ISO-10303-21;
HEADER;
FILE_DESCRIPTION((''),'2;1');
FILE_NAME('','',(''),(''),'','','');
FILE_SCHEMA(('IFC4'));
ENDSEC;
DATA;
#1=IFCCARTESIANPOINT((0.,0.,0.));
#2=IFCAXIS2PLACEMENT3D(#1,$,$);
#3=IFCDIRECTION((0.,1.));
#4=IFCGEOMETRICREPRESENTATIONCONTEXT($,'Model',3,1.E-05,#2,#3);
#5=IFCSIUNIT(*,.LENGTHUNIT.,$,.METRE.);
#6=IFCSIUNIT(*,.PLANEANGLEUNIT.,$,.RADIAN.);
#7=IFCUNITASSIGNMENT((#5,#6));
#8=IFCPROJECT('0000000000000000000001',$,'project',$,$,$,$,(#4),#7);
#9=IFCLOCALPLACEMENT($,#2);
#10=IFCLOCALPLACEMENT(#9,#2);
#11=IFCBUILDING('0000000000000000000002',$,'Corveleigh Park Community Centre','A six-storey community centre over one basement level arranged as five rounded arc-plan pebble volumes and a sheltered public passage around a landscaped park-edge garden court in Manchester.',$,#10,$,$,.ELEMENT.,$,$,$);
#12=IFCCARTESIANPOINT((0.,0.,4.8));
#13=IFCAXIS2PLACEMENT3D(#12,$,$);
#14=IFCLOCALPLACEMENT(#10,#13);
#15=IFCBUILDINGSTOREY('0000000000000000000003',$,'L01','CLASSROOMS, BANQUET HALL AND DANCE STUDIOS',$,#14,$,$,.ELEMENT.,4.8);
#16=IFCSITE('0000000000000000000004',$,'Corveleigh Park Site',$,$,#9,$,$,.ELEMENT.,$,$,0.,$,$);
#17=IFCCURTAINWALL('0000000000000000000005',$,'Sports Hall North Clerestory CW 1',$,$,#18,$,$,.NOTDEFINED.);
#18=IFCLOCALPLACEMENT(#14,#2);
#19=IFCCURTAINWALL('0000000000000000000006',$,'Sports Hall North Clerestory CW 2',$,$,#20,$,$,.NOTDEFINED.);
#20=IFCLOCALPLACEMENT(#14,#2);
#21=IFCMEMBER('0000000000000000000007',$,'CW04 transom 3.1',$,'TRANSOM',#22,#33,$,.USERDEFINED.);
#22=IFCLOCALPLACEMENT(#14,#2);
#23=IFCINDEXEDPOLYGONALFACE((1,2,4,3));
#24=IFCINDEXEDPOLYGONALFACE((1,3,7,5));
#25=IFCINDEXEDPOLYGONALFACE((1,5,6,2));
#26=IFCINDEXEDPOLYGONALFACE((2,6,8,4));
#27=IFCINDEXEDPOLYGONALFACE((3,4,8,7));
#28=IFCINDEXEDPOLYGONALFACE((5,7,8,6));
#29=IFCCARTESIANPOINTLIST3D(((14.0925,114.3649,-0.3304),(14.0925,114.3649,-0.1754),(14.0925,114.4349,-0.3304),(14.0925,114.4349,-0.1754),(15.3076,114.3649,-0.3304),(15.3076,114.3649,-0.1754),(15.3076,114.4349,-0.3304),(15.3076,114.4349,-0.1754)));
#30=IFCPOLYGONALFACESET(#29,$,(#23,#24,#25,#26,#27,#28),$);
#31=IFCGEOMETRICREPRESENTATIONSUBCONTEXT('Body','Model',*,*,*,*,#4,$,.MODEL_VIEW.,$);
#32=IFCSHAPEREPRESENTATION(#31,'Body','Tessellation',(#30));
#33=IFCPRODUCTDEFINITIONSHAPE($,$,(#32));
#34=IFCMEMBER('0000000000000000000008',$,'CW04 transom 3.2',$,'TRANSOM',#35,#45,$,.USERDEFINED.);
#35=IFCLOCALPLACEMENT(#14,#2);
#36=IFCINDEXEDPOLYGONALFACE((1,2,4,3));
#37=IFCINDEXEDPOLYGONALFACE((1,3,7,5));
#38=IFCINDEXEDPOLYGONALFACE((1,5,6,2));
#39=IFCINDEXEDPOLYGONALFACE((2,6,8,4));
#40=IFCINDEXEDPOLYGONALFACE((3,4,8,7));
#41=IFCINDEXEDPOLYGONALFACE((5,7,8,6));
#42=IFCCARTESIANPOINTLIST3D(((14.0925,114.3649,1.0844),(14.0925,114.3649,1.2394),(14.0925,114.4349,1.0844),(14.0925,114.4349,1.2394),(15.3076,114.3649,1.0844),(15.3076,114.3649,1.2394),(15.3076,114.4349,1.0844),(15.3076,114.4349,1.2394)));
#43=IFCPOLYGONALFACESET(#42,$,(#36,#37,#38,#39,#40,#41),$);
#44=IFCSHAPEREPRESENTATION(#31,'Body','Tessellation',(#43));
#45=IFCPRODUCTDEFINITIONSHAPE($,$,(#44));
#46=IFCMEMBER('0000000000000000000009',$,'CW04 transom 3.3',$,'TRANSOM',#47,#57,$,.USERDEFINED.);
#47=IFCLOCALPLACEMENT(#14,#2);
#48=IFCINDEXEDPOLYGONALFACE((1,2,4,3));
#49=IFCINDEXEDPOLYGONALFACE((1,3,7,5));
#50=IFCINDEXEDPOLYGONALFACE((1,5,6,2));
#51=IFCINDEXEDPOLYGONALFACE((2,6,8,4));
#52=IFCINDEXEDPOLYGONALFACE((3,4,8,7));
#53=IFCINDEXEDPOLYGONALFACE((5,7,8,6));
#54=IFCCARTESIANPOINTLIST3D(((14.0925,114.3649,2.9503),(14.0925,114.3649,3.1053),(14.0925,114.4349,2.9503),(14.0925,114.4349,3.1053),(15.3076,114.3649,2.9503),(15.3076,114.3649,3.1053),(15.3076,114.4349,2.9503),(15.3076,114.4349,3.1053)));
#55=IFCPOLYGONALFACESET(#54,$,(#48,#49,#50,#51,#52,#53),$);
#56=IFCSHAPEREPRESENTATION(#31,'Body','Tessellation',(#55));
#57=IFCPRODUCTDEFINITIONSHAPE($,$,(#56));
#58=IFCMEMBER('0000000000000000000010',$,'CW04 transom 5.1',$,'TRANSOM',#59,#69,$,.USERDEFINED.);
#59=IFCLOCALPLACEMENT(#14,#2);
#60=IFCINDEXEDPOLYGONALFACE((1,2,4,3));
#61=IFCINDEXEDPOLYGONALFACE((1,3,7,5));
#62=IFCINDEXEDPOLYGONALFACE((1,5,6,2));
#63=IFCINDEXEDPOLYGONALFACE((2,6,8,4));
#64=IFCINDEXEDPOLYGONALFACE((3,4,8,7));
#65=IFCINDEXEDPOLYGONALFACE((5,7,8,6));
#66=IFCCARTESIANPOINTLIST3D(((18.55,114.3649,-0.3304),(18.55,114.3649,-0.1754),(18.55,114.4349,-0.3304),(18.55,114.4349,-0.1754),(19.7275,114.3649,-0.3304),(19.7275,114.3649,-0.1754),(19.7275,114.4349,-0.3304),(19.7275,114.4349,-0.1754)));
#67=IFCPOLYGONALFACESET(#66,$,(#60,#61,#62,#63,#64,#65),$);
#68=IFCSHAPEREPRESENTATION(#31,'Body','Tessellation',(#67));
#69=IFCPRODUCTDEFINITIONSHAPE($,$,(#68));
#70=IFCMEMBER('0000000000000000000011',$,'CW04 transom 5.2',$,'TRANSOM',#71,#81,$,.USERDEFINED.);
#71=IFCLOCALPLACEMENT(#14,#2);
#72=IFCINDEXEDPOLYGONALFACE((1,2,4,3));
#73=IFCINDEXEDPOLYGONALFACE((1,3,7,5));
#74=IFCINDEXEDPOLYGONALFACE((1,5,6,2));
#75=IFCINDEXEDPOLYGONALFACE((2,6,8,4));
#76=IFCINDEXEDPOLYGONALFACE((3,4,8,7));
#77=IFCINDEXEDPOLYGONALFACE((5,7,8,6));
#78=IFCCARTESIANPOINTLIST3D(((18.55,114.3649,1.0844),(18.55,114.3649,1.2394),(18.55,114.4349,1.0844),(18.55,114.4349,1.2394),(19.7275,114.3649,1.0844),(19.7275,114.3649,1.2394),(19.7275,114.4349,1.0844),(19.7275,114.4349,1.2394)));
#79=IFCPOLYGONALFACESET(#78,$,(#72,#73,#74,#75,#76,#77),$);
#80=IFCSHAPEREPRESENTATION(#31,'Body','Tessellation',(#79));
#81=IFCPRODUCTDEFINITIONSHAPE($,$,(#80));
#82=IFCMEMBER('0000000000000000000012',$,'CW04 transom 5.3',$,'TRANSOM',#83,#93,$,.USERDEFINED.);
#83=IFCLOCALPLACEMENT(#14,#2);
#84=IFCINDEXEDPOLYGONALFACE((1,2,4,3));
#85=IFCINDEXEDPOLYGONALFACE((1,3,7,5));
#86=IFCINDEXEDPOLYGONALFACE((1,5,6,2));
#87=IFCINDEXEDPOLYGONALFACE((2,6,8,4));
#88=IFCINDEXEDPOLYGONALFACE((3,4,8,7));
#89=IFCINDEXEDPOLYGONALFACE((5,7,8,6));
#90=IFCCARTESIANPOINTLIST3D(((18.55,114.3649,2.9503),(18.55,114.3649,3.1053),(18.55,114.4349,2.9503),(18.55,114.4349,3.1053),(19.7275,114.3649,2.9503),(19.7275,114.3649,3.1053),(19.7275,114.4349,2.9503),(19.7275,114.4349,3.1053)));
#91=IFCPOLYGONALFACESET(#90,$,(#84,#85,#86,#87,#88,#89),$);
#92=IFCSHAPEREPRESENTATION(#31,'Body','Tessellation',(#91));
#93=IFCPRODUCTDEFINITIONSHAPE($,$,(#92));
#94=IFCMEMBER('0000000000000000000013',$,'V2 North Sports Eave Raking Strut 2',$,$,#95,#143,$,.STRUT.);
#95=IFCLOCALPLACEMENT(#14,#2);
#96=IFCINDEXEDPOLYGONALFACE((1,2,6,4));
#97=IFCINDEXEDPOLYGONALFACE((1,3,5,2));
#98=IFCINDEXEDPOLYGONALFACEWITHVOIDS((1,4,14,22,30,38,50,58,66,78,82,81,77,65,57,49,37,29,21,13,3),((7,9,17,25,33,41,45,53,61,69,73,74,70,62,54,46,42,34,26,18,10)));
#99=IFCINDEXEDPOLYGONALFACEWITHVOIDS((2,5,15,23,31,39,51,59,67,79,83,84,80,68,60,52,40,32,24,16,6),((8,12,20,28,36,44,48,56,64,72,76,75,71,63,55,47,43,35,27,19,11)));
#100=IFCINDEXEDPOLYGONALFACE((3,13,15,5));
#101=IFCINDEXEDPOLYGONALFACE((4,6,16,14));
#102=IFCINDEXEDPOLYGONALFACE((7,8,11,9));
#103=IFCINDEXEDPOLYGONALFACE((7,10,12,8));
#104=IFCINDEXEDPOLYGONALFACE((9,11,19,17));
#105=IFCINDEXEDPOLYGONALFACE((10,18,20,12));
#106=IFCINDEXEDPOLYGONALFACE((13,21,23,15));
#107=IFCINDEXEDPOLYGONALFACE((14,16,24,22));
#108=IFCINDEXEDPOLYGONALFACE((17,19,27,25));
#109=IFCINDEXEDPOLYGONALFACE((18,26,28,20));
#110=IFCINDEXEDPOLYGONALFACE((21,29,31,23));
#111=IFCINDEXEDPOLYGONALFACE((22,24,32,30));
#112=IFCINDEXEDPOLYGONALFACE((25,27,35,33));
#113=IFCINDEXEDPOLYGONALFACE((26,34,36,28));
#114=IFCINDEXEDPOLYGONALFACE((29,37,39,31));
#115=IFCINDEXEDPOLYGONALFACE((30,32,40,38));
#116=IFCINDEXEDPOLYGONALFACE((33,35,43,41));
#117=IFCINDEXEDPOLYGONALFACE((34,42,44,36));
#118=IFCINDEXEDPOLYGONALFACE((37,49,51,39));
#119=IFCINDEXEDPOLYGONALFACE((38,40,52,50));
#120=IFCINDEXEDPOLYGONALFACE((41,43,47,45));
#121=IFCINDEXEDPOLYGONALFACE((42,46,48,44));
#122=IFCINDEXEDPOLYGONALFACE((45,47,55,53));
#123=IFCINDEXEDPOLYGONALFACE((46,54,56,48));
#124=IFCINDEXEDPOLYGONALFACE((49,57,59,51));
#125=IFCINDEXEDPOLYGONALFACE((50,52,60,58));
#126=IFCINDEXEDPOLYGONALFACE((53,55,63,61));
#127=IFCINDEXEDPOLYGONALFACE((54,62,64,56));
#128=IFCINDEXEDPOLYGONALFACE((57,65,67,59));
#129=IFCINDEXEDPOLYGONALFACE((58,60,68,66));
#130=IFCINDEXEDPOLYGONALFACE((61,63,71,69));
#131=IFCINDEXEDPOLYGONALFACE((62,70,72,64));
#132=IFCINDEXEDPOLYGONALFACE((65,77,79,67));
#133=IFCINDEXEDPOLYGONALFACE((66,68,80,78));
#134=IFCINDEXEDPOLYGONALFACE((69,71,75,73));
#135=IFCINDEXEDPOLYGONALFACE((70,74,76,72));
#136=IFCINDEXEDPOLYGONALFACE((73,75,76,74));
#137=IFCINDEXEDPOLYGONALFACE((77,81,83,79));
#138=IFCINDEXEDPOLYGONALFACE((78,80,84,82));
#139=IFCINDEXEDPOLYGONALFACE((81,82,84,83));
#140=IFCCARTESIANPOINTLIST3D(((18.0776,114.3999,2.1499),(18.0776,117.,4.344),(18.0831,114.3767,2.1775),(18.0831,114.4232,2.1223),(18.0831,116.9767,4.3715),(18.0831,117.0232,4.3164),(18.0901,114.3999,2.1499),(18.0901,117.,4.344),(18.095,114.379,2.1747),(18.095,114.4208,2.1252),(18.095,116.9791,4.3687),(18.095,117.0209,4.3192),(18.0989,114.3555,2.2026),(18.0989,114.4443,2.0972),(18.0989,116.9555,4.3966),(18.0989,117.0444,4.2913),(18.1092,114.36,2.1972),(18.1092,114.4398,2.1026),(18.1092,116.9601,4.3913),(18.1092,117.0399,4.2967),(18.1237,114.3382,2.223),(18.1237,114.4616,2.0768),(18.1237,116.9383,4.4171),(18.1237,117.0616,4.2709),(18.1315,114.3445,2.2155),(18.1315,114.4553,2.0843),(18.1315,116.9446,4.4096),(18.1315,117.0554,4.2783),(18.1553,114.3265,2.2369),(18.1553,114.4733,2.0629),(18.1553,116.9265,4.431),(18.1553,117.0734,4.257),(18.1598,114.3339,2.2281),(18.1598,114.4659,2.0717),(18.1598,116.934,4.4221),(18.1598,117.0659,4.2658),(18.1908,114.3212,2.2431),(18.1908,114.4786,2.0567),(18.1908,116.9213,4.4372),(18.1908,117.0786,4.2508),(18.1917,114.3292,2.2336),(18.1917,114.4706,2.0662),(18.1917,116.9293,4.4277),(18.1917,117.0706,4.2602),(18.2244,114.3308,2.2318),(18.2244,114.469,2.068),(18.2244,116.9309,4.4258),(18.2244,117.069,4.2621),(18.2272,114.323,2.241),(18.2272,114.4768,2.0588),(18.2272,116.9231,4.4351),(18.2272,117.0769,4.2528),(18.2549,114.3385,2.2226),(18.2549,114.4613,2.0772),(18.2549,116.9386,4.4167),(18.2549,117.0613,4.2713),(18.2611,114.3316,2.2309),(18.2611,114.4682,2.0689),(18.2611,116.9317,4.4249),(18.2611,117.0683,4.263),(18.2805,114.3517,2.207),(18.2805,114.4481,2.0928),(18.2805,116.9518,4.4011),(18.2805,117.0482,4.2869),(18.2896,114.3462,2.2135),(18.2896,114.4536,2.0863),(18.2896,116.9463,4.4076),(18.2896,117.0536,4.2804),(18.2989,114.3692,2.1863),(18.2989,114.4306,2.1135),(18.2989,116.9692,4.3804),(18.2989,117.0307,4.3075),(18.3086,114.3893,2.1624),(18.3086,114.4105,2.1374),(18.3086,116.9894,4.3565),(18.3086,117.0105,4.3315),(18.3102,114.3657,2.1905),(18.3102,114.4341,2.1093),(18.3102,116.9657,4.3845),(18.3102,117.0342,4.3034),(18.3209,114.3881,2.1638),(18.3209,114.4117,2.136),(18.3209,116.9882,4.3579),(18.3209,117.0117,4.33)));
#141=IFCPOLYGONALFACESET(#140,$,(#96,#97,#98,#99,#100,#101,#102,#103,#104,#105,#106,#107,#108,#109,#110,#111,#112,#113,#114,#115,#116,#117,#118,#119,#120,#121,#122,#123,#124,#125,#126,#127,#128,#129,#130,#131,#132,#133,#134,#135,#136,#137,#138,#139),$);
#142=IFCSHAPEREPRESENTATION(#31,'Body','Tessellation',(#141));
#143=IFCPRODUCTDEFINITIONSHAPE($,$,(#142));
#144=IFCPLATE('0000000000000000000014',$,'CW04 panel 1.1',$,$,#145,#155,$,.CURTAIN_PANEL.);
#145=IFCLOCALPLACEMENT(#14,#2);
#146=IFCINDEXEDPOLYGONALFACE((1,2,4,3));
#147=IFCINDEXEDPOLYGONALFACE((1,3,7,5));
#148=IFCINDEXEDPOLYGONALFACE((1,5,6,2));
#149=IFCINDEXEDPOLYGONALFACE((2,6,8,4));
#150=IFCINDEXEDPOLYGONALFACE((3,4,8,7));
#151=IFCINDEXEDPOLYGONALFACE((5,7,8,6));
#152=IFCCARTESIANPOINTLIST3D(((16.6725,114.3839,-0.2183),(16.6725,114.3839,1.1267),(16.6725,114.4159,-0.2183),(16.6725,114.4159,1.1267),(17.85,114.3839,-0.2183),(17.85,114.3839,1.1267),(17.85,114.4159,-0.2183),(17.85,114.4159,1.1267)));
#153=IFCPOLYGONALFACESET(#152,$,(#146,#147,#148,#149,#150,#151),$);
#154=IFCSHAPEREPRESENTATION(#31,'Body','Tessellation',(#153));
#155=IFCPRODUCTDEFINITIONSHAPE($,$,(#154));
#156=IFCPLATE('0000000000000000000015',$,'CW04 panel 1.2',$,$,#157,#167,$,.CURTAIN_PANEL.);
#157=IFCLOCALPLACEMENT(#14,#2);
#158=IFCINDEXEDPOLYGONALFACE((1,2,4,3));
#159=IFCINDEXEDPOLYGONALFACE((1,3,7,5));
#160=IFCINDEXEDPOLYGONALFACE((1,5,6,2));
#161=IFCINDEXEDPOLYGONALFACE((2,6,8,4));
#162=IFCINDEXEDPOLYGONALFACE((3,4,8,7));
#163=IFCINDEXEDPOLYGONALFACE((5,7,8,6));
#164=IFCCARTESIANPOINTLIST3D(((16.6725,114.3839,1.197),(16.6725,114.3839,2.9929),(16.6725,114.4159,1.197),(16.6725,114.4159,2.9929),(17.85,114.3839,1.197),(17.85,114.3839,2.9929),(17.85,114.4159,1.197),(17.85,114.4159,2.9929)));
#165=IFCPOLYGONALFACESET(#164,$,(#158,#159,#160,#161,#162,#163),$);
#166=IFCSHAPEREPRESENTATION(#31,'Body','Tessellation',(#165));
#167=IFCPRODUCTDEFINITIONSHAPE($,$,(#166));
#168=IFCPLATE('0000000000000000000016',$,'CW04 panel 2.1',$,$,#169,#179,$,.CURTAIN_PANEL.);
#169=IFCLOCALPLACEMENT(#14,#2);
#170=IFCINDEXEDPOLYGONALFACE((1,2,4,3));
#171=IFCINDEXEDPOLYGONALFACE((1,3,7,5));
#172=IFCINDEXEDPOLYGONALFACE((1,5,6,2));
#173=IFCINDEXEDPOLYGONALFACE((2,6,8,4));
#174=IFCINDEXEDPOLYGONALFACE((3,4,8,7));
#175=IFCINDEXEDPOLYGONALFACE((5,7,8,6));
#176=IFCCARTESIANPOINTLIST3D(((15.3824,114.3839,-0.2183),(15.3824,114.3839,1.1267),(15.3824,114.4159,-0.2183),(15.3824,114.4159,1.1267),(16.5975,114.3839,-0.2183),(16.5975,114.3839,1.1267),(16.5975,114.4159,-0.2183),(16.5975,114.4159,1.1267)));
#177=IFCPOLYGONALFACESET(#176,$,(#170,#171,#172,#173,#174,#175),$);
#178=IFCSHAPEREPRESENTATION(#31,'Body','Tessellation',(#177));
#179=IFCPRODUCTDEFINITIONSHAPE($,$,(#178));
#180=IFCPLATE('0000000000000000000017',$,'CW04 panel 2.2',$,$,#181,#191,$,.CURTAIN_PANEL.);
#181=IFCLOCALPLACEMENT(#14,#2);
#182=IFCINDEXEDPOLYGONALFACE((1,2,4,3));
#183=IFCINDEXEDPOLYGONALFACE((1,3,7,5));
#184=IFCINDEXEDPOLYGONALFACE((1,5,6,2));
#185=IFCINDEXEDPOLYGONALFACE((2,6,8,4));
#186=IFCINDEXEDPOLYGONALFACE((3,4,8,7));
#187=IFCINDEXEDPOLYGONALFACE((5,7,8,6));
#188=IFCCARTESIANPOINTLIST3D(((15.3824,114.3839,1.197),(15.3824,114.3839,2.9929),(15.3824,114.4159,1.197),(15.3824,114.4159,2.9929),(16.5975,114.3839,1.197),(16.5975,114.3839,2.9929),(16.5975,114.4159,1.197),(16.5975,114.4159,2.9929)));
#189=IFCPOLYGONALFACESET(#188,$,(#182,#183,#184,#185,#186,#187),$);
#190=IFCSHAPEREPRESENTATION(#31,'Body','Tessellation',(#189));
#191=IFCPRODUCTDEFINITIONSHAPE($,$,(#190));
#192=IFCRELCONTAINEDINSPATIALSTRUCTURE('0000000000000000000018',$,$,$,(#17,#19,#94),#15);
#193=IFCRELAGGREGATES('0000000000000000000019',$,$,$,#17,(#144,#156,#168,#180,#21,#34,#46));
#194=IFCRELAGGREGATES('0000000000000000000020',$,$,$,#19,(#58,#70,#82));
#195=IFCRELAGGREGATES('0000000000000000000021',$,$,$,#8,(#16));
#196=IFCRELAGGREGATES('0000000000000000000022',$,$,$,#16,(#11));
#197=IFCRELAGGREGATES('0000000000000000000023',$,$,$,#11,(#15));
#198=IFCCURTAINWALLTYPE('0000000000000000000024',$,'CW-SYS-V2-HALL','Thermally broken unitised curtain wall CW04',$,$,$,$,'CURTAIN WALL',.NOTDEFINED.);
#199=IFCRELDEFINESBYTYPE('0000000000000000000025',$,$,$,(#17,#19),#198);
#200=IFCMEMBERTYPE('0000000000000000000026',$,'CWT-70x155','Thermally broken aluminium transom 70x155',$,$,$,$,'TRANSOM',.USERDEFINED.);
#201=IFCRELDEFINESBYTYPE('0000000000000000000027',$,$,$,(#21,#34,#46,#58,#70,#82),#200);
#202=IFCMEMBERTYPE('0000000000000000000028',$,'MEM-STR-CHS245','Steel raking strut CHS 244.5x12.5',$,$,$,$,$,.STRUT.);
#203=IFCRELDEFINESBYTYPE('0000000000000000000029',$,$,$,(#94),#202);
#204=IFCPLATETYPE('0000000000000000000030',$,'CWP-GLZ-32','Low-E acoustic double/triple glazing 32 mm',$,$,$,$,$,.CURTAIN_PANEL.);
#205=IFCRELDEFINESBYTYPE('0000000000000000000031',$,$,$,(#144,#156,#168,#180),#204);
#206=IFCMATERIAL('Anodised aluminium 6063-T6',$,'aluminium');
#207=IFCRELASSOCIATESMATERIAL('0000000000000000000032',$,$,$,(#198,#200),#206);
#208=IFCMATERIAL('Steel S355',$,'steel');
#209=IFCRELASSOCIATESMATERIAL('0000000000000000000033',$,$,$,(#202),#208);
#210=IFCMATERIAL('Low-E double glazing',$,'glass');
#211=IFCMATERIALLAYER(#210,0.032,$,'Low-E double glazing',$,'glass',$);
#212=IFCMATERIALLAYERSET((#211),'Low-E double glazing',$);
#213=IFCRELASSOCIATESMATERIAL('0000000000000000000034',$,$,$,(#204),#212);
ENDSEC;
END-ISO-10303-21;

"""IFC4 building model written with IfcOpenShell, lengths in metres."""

from ifc_helpers import new_model, si_unit, direction, frame, origin, origin_2d, place, context, subcontext, project, spatial, rectangle, hollow_circle, extrude, material, layer, layer_set, material_profile, profile_set, type_object, element, aggregate, save


model = new_model("IFC4")

# Units and contexts
model_context = context("Model", 3, precision=1e-05, world=origin(), true_north=direction((0.0, 1.0)))
body_context = subcontext(model_context, "Body", "Model", "MODEL_VIEW")
ifc_project = project(units=[si_unit("LENGTHUNIT", "METRE"), si_unit("PLANEANGLEUNIT", "RADIAN")], contexts=[model_context])

# Site, building, storey
site_placement = place(None, origin())
site = spatial("IfcSite", under=ifc_project, at=site_placement, Name="Corveleigh Park Site", CompositionType="ELEMENT", RefElevation=0.0)
building_placement = place(site_placement, origin())
building = spatial("IfcBuilding", under=site, at=building_placement, Name="Corveleigh Park Community Centre", Description="A six-storey community centre over one basement level arranged as five rounded arc-plan pebble volumes and a sheltered public passage around a landscaped park-edge garden court in Manchester.", CompositionType="ELEMENT")
storey_placement = place(building_placement, frame((0.0, 0.0, 4.8)))
storey = spatial("IfcBuildingStorey", under=building, at=storey_placement, Name="L01", Description="CLASSROOMS, BANQUET HALL AND DANCE STUDIOS", CompositionType="ELEMENT", Elevation=4.8)

# Shared definitions
ifc_material_1 = material(Name="Steel S355", Category="steel")

# Curtain walls
ifc_material_2 = material(Name="Anodised aluminium 6063-T6", Category="aluminium")
curtain_wall_type = type_object("IfcCurtainWallType", Name="CW-SYS-V2-HALL", Description="Thermally broken unitised curtain wall CW04", ElementType="CURTAIN WALL", PredefinedType="NOTDEFINED", material=ifc_material_2)
curtain_wall_1_placement = place(storey_placement, origin())
curtain_wall_1 = element("IfcCurtainWall", 1, at=curtain_wall_1_placement, inside=storey, type_object=curtain_wall_type, Name="Sports Hall North Clerestory CW 1", PredefinedType="NOTDEFINED")
curtain_wall_2_placement = place(storey_placement, origin())
curtain_wall_2 = element("IfcCurtainWall", 2, at=curtain_wall_2_placement, inside=storey, type_object=curtain_wall_type, Name="Sports Hall North Clerestory CW 2", PredefinedType="NOTDEFINED")

# Members
ifc_material_profile_1 = material_profile(ifc_material_2, rectangle(XDim=0.0701, YDim=0.155, at=origin_2d()), Name="ALU-T70x155", Category="aluminium")
ifc_profile_set_1 = profile_set([ifc_material_profile_1], Name="Anodised aluminium 6063-T6")
member_type_1 = type_object("IfcMemberType", Name="CWT-70x155", Description="Thermally broken aluminium transom 70x155", ElementType="TRANSOM", PredefinedType="USERDEFINED", material=ifc_profile_set_1)
member_1_placement = place(storey_placement, frame((15.3076, 114.3999, -0.2529), z_axis=(-1.0, 0.0, 0.0), x_axis=(0.0, -1.0, 0.0)))
member_1 = element("IfcMember", 3, at=member_1_placement, type_object=member_type_1, Name="CW04 transom 3.1", ObjectType="TRANSOM", PredefinedType="USERDEFINED", context=body_context, shape_type="SweptSolid", body=[
    extrude(rectangle(XDim=0.0701, YDim=0.155, at=origin_2d()), origin(), (0.0, 0.0, 1.0), 1.2151),
])
member_2_placement = place(storey_placement, frame((15.3076, 114.3999, 1.1619), z_axis=(-1.0, 0.0, 0.0), x_axis=(0.0, -1.0, 0.0)))
member_2 = element("IfcMember", 4, at=member_2_placement, type_object=member_type_1, Name="CW04 transom 3.2", ObjectType="TRANSOM", PredefinedType="USERDEFINED", context=body_context, shape_type="SweptSolid", body=[
    extrude(rectangle(XDim=0.0701, YDim=0.155, at=origin_2d()), origin(), (0.0, 0.0, 1.0), 1.2151),
])
member_3_placement = place(storey_placement, frame((15.3076, 114.3999, 3.0278), z_axis=(-1.0, 0.0, 0.0), x_axis=(0.0, -1.0, 0.0)))
member_3 = element("IfcMember", 5, at=member_3_placement, type_object=member_type_1, Name="CW04 transom 3.3", ObjectType="TRANSOM", PredefinedType="USERDEFINED", context=body_context, shape_type="SweptSolid", body=[
    extrude(rectangle(XDim=0.0701, YDim=0.155, at=origin_2d()), origin(), (0.0, 0.0, 1.0), 1.2151),
])
member_4_placement = place(storey_placement, frame((19.7275, 114.3999, -0.2529), z_axis=(-1.0, 0.0, 0.0), x_axis=(0.0, -1.0, 0.0)))
member_4 = element("IfcMember", 6, at=member_4_placement, type_object=member_type_1, Name="CW04 transom 5.1", ObjectType="TRANSOM", PredefinedType="USERDEFINED", context=body_context, shape_type="SweptSolid", body=[
    extrude(rectangle(XDim=0.0701, YDim=0.155, at=origin_2d()), origin(), (0.0, 0.0, 1.0), 1.1775),
])
member_5_placement = place(storey_placement, frame((19.7275, 114.3999, 1.1619), z_axis=(-1.0, 0.0, 0.0), x_axis=(0.0, -1.0, 0.0)))
member_5 = element("IfcMember", 7, at=member_5_placement, type_object=member_type_1, Name="CW04 transom 5.2", ObjectType="TRANSOM", PredefinedType="USERDEFINED", context=body_context, shape_type="SweptSolid", body=[
    extrude(rectangle(XDim=0.0701, YDim=0.155, at=origin_2d()), origin(), (0.0, 0.0, 1.0), 1.1775),
])
member_6_placement = place(storey_placement, frame((19.7275, 114.3999, 3.0278), z_axis=(-1.0, 0.0, 0.0), x_axis=(0.0, -1.0, 0.0)))
member_6 = element("IfcMember", 8, at=member_6_placement, type_object=member_type_1, Name="CW04 transom 5.3", ObjectType="TRANSOM", PredefinedType="USERDEFINED", context=body_context, shape_type="SweptSolid", body=[
    extrude(rectangle(XDim=0.0701, YDim=0.155, at=origin_2d()), origin(), (0.0, 0.0, 1.0), 1.1775),
])
ifc_material_profile_2 = material_profile(ifc_material_1, hollow_circle(Radius=0.1223, WallThickness=0.0125, at=origin_2d()), Name="CHS 244.5x12.5", Category="steel")
ifc_profile_set_2 = profile_set([ifc_material_profile_2], Name="Steel S355")
member_type_2 = type_object("IfcMemberType", Name="MEM-STR-CHS245", Description="Steel raking strut CHS 244.5x12.5", PredefinedType="STRUT", material=ifc_profile_set_2)
member_7_placement = place(storey_placement, frame((18.2, 114.3999, 2.1499), z_axis=(0.0, 0.764254, 0.644915), x_axis=(-1.0, 0.0, 0.0)))
element("IfcMember", 9, at=member_7_placement, inside=storey, type_object=member_type_2, Name="V2 North Sports Eave Raking Strut 2", PredefinedType="STRUT", context=body_context, shape_type="SweptSolid", body=[
    extrude(hollow_circle(Radius=0.1223, WallThickness=0.0125, at=origin_2d()), origin(), (0.0, 0.0, 1.0), 3.4021),
])

# Plates
ifc_material_3 = material(Name="Low-E double glazing", Category="glass")
ifc_layer_1 = layer(ifc_material_3, 0.032, Name="Low-E double glazing", Category="glass")
ifc_layer_set_1 = layer_set([ifc_layer_1], Name="Low-E double glazing")
plate_type_1 = type_object("IfcPlateType", Name="CWP-GLZ-32", Description="Low-E acoustic double/triple glazing 32 mm", PredefinedType="CURTAIN_PANEL", material=ifc_layer_set_1)
plate_1_placement = place(storey_placement, frame((17.2612, 114.3999, -0.2183), z_axis=(0.0, 0.0, 1.0), x_axis=(-1.0, 0.0, 0.0)))
plate_1 = element("IfcPlate", 10, at=plate_1_placement, type_object=plate_type_1, Name="CW04 panel 1.1", PredefinedType="CURTAIN_PANEL", context=body_context, shape_type="SweptSolid", body=[
    extrude(rectangle(XDim=1.1775, YDim=0.032, at=origin_2d()), origin(), (0.0, 0.0, 1.0), 1.345),
])
plate_2_placement = place(storey_placement, frame((17.2612, 114.3999, 1.197), z_axis=(0.0, 0.0, 1.0), x_axis=(-1.0, 0.0, 0.0)))
plate_2 = element("IfcPlate", 11, at=plate_2_placement, type_object=plate_type_1, Name="CW04 panel 1.2", PredefinedType="CURTAIN_PANEL", context=body_context, shape_type="SweptSolid", body=[
    extrude(rectangle(XDim=1.1775, YDim=0.032, at=origin_2d()), origin(), (0.0, 0.0, 1.0), 1.7959),
])
plate_3_placement = place(storey_placement, frame((15.99, 114.3999, -0.2183), z_axis=(0.0, 0.0, 1.0), x_axis=(-1.0, 0.0, 0.0)))
plate_3 = element("IfcPlate", 12, at=plate_3_placement, type_object=plate_type_1, Name="CW04 panel 2.1", PredefinedType="CURTAIN_PANEL", context=body_context, shape_type="SweptSolid", body=[
    extrude(rectangle(XDim=1.2151, YDim=0.032, at=origin_2d()), origin(), (0.0, 0.0, 1.0), 1.345),
])
plate_4_placement = place(storey_placement, frame((15.99, 114.3999, 1.197), z_axis=(0.0, 0.0, 1.0), x_axis=(-1.0, 0.0, 0.0)))
plate_4 = element("IfcPlate", 13, at=plate_4_placement, type_object=plate_type_1, Name="CW04 panel 2.2", PredefinedType="CURTAIN_PANEL", context=body_context, shape_type="SweptSolid", body=[
    extrude(rectangle(XDim=1.2151, YDim=0.032, at=origin_2d()), origin(), (0.0, 0.0, 1.0), 1.7959),
])
aggregate(curtain_wall_1, [plate_1, plate_2, plate_3, plate_4, member_1, member_2, member_3])
aggregate(curtain_wall_2, [member_4, member_5, member_6])

save(model, "model.ifc")
